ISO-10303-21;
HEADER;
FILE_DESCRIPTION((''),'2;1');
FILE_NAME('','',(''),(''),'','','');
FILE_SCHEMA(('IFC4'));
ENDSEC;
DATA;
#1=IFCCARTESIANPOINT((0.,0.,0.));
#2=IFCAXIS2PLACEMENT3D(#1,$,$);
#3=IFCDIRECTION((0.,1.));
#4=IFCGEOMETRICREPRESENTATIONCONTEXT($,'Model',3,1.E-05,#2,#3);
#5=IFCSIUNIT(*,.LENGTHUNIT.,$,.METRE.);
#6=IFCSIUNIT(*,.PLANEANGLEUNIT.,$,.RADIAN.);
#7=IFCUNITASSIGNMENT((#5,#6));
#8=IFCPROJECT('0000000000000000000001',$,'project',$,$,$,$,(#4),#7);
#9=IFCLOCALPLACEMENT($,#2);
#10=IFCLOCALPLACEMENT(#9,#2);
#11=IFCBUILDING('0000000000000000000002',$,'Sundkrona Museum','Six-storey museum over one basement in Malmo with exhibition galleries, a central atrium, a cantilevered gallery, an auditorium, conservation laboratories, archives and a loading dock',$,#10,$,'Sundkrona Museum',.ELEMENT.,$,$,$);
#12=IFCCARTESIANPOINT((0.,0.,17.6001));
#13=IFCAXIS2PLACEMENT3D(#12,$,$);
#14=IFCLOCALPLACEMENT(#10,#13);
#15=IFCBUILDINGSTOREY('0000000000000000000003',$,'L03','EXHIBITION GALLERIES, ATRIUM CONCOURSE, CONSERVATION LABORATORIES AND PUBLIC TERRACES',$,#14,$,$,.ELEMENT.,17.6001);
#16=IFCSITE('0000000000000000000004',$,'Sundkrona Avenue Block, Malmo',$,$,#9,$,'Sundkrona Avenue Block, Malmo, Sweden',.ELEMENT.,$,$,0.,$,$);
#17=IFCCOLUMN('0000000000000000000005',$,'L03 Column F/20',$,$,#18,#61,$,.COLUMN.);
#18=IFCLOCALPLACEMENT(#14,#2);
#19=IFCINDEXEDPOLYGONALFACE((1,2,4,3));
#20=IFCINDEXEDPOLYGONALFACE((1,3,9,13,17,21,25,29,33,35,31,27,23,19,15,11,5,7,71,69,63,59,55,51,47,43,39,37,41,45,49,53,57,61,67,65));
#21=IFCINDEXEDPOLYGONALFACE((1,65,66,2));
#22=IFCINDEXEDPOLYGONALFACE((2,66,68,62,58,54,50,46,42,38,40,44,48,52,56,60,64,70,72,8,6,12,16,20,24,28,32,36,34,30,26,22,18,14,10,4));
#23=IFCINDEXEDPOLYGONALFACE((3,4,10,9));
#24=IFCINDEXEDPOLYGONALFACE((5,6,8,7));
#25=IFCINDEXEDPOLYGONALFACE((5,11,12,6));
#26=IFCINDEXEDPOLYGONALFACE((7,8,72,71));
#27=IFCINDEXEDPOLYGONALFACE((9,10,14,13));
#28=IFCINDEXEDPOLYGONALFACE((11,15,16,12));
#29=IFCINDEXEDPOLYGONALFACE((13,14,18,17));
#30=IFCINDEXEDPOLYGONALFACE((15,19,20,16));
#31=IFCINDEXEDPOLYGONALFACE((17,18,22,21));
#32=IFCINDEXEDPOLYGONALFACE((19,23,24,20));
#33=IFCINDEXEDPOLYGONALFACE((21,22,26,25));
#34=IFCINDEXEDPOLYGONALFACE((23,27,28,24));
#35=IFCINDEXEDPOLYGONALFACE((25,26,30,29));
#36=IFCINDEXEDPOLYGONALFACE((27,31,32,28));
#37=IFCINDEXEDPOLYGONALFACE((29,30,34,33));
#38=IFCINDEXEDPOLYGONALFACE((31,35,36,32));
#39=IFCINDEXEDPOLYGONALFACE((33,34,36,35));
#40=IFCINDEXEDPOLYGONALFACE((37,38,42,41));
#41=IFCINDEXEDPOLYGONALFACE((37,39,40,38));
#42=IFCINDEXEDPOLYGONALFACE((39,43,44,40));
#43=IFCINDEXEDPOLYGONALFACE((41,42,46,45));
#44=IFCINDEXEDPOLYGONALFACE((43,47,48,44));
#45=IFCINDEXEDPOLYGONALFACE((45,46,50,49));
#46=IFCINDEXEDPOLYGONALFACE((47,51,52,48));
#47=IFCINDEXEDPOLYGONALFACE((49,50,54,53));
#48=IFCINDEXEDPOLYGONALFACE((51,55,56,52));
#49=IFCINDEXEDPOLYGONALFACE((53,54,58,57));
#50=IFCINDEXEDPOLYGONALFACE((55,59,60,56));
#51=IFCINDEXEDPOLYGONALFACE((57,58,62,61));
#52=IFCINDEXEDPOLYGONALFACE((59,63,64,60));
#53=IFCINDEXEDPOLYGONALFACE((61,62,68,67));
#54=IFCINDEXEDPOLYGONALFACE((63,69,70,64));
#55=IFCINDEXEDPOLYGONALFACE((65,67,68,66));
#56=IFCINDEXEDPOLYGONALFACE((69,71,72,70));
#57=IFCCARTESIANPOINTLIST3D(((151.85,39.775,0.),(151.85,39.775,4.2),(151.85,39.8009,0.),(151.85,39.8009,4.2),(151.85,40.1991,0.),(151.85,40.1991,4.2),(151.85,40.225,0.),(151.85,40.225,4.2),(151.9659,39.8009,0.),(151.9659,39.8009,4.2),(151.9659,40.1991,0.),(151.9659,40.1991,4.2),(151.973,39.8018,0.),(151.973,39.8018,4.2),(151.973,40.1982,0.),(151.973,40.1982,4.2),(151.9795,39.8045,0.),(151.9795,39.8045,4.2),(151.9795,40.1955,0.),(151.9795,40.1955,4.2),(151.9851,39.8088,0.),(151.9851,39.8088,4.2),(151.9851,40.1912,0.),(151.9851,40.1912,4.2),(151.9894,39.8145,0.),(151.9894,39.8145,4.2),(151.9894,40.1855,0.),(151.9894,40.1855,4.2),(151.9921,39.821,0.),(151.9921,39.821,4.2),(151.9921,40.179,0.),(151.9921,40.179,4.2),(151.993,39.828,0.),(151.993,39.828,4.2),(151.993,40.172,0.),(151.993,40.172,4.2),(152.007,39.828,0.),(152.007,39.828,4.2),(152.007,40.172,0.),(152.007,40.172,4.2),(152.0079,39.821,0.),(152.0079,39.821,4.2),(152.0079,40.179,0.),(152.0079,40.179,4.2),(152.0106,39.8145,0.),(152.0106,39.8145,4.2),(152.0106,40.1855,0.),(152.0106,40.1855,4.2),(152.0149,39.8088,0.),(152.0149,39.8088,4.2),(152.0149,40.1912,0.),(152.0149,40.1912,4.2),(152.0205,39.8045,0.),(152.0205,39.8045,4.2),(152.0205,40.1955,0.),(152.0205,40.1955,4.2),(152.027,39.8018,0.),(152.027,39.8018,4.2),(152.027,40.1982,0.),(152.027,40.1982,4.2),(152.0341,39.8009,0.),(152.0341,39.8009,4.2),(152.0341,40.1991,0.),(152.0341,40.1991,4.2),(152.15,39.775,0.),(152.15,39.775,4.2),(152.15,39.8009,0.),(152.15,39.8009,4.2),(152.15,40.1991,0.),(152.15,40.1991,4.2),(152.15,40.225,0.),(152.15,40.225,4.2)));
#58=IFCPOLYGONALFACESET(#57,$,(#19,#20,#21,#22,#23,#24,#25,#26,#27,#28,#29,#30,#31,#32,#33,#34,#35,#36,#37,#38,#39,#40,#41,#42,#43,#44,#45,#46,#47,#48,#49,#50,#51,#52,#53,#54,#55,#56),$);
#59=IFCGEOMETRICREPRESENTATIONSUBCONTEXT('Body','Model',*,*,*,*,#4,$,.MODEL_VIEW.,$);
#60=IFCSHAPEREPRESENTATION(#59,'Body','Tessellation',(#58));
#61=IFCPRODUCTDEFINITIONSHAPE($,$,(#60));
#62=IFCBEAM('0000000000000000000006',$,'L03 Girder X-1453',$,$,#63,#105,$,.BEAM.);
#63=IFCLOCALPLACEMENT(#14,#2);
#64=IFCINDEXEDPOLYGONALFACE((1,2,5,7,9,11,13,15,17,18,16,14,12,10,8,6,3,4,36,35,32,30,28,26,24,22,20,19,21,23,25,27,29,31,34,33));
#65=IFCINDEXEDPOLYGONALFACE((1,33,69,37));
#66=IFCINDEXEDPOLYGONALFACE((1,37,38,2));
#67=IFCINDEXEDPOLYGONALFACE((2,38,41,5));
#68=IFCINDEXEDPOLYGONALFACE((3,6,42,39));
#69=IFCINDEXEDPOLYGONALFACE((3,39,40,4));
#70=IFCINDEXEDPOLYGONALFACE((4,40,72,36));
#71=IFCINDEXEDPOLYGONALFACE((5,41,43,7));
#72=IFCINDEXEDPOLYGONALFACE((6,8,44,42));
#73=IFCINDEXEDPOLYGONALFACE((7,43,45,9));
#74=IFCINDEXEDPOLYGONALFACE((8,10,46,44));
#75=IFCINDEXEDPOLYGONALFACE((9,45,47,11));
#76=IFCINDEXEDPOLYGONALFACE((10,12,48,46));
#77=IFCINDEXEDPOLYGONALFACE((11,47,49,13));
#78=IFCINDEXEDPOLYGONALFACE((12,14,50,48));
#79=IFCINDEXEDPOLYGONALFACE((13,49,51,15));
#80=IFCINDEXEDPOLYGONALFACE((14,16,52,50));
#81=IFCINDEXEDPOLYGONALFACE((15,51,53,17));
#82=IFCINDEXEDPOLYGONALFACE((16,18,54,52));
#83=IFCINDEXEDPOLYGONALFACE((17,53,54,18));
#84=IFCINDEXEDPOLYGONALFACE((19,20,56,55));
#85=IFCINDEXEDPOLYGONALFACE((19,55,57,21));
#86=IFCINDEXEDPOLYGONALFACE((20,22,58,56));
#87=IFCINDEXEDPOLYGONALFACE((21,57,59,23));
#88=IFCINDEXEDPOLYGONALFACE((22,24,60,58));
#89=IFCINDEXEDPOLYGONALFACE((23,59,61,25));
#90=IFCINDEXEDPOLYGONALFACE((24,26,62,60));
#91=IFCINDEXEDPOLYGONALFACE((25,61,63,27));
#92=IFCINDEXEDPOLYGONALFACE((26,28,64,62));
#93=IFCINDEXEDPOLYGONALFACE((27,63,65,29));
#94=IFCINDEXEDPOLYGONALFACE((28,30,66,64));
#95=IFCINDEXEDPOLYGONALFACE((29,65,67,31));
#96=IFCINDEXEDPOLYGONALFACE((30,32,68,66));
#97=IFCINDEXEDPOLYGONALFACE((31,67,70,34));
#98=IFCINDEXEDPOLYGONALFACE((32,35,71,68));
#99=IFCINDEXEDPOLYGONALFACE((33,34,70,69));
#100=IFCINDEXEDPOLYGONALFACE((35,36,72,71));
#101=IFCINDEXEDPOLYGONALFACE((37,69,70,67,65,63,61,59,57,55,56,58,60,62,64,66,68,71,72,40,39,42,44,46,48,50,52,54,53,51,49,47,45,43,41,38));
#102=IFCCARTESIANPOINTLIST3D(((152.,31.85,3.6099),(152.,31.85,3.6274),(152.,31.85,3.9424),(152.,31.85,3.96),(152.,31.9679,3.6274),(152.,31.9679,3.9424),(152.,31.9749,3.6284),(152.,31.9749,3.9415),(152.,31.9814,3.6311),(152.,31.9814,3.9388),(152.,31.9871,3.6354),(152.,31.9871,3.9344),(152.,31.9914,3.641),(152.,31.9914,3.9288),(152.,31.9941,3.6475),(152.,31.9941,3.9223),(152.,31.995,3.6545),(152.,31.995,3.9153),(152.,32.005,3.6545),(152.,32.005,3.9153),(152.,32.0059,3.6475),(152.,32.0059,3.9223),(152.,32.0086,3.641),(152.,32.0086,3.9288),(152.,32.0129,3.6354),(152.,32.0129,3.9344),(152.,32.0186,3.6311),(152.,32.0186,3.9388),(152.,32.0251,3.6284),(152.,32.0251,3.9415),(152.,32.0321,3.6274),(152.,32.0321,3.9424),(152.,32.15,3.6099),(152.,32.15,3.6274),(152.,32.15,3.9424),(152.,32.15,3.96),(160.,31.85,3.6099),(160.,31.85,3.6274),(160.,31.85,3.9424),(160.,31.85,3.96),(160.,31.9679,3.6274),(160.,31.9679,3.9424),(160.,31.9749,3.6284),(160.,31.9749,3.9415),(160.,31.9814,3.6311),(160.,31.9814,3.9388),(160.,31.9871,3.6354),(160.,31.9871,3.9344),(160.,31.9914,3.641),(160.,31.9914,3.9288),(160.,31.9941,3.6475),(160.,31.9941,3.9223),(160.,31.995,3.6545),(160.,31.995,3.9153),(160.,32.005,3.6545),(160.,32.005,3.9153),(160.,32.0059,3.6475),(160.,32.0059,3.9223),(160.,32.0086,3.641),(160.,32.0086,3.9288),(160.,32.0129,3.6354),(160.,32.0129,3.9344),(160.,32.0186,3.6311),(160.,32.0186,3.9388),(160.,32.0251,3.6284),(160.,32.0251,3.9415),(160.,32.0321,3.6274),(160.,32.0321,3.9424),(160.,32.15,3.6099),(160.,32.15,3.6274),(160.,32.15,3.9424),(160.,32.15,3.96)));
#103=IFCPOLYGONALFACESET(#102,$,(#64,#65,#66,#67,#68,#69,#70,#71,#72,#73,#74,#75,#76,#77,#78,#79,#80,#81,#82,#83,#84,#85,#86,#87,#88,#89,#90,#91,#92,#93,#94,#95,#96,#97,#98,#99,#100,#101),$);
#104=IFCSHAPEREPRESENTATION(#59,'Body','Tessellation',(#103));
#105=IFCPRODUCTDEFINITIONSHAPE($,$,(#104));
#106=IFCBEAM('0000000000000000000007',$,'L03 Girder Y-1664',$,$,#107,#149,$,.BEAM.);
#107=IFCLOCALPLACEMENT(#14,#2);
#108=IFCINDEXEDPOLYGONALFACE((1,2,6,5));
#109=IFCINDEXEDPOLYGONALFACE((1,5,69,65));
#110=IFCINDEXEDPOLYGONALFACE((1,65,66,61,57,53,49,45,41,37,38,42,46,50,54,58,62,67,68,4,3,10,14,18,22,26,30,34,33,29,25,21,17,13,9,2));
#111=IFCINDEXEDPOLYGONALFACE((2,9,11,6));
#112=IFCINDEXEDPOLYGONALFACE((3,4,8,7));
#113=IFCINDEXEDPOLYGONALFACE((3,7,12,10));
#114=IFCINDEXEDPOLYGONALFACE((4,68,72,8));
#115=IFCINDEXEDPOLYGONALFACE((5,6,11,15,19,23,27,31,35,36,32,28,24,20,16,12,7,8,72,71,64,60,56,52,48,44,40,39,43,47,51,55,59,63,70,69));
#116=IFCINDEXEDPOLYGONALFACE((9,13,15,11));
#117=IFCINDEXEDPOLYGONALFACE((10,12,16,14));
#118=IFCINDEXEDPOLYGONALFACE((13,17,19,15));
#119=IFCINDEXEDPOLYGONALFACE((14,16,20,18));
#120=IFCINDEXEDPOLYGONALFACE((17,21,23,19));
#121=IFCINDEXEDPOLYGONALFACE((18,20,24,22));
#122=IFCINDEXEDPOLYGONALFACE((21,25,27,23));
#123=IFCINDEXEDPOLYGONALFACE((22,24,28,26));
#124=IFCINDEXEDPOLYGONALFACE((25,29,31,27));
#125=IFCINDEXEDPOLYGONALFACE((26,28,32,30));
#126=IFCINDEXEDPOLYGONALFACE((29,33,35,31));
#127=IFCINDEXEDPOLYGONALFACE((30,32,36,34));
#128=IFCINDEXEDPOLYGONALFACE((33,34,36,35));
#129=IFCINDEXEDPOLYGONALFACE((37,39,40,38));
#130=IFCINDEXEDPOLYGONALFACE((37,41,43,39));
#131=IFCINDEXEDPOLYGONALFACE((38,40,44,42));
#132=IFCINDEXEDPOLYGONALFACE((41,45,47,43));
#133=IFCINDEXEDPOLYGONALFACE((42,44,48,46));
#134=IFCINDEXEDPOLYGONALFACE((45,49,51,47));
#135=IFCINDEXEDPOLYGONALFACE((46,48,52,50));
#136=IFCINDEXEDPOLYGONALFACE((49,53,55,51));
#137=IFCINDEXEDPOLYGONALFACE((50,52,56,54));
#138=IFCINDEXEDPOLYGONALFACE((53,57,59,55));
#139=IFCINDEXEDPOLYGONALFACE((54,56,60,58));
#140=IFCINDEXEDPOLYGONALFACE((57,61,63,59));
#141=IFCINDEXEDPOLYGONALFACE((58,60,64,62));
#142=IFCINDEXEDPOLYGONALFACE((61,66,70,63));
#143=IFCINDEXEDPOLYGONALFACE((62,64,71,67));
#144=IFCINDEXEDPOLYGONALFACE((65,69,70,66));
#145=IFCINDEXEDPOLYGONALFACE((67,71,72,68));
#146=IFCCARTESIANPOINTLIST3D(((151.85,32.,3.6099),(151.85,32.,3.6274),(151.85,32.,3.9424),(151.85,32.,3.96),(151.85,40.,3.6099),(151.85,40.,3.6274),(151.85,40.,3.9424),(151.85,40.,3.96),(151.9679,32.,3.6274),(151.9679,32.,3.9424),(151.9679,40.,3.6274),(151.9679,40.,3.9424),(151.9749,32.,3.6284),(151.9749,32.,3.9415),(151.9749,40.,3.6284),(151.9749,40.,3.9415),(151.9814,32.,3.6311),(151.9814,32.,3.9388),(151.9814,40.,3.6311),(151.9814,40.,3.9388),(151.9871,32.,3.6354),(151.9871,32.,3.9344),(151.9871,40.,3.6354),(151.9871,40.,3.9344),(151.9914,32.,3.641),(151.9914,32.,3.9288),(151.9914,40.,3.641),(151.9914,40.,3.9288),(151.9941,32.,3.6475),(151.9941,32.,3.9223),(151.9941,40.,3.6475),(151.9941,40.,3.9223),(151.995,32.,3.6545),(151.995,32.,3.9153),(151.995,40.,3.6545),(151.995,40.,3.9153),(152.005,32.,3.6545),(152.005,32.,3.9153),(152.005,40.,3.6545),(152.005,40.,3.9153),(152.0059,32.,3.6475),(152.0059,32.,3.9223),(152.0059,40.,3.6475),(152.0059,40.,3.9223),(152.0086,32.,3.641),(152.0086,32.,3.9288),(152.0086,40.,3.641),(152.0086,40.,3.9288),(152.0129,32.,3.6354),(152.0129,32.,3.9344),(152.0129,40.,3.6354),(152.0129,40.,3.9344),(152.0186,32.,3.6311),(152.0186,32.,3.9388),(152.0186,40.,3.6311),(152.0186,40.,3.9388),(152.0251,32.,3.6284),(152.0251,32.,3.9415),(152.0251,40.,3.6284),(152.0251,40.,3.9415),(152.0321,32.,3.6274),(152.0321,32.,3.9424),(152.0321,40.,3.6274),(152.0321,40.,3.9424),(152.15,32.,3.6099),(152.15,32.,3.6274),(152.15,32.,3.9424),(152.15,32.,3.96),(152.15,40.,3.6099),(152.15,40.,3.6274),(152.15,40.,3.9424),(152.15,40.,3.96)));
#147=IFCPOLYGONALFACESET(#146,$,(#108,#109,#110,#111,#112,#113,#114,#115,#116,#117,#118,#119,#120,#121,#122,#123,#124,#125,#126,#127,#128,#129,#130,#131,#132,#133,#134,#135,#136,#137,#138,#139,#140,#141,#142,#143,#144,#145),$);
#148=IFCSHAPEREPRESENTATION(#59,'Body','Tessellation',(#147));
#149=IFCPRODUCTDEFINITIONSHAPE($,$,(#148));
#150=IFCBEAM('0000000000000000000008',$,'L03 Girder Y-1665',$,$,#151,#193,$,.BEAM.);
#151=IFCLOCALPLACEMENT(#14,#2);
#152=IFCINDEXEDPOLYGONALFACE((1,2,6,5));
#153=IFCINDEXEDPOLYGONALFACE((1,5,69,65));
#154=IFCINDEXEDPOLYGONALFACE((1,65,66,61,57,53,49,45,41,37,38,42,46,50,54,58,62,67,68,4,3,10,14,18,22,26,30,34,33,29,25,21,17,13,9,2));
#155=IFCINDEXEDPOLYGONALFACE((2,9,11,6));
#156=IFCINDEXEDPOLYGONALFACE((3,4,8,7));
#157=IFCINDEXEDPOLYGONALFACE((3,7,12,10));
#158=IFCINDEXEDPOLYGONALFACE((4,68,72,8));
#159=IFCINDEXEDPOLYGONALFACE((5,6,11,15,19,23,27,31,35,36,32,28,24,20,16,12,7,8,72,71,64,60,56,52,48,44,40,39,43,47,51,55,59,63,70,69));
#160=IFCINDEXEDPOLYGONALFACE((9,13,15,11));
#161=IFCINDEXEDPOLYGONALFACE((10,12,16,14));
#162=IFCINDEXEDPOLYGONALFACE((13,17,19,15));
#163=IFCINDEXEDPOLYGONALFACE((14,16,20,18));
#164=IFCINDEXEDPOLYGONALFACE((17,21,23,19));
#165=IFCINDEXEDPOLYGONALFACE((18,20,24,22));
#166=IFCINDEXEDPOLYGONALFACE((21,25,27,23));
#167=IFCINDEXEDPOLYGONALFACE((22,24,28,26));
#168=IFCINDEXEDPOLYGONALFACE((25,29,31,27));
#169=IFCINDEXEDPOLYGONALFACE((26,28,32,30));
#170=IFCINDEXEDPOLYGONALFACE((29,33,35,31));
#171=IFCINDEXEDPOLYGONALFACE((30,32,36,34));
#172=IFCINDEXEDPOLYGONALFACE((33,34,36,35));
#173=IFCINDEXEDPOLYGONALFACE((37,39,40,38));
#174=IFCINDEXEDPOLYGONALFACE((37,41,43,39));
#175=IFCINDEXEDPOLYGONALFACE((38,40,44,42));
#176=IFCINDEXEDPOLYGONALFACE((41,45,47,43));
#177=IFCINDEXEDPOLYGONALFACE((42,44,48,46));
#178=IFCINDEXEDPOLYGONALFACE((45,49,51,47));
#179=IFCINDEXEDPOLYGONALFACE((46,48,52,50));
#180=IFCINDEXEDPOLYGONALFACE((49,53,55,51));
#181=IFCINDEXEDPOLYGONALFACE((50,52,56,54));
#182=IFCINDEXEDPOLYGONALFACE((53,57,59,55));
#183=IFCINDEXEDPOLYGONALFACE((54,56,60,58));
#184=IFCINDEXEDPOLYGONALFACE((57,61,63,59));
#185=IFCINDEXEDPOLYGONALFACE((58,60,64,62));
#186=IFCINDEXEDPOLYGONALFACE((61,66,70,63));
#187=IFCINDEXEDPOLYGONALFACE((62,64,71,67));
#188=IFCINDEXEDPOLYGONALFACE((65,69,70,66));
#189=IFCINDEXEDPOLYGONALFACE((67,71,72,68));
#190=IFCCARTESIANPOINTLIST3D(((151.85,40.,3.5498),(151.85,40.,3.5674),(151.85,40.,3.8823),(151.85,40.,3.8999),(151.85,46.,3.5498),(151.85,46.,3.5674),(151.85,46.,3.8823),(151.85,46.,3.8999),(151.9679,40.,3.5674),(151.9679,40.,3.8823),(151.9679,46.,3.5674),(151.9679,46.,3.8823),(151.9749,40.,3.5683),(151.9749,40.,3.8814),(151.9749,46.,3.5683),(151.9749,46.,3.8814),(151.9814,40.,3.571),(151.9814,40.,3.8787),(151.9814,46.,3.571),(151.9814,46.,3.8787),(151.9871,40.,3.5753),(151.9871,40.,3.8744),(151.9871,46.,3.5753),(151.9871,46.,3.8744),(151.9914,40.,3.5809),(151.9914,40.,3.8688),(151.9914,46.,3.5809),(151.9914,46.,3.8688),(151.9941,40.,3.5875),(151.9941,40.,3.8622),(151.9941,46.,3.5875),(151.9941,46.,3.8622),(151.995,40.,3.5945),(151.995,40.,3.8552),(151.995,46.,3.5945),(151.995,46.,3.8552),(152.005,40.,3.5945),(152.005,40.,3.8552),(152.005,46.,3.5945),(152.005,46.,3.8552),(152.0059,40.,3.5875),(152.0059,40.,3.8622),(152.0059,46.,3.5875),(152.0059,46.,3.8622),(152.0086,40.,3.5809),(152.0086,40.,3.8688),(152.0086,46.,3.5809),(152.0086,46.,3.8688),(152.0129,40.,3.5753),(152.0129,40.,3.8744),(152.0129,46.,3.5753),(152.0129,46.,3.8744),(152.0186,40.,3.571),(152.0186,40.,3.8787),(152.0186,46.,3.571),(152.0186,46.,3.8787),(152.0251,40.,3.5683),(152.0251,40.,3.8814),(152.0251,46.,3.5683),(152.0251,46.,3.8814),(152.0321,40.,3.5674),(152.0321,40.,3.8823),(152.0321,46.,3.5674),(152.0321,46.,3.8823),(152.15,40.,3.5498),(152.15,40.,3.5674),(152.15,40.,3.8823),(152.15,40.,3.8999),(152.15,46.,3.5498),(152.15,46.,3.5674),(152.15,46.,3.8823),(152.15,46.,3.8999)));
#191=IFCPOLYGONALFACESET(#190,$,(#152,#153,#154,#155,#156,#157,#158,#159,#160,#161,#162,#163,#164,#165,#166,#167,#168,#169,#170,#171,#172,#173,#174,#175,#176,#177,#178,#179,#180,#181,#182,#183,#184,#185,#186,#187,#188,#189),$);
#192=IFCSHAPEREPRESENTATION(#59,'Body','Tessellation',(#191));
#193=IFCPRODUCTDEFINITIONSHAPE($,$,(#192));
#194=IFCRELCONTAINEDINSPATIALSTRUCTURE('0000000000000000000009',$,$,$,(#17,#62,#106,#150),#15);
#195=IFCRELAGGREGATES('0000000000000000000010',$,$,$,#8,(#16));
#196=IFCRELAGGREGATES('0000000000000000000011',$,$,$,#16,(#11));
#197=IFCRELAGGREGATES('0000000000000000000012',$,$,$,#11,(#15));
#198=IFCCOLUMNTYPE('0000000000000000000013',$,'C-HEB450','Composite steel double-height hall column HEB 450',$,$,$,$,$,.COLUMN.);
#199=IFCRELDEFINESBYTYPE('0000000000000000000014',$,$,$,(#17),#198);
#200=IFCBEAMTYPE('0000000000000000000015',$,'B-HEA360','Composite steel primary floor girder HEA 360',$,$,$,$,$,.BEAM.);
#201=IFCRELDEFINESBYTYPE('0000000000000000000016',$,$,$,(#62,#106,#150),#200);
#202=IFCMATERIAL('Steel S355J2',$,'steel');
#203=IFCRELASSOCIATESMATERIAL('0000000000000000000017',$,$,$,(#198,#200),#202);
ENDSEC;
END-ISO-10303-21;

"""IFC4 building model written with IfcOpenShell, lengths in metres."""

from ifc_helpers import new_model, si_unit, direction, frame, origin, origin_2d, place, context, subcontext, project, spatial, i_section, extrude, material, material_profile, profile_set, type_object, element, save


model = new_model("IFC4")

# Units and contexts
model_context = context("Model", 3, precision=1e-05, world=origin(), true_north=direction((0.0, 1.0)))
body_context = subcontext(model_context, "Body", "Model", "MODEL_VIEW")
ifc_project = project(units=[si_unit("LENGTHUNIT", "METRE"), si_unit("PLANEANGLEUNIT", "RADIAN")], contexts=[model_context])

# Site, building, storey
site_placement = place(None, origin())
site = spatial("IfcSite", under=ifc_project, at=site_placement, Name="Sundkrona Avenue Block, Malmo", LongName="Sundkrona Avenue Block, Malmo, Sweden", CompositionType="ELEMENT", RefElevation=0.0)
building_placement = place(site_placement, origin())
building = spatial("IfcBuilding", under=site, at=building_placement, Name="Sundkrona Museum", Description="Six-storey museum over one basement in Malmo with exhibition galleries, a central atrium, a cantilevered gallery, an auditorium, conservation laboratories, archives and a loading dock", LongName="Sundkrona Museum", CompositionType="ELEMENT")
storey_placement = place(building_placement, frame((0.0, 0.0, 17.6001)))
storey = spatial("IfcBuildingStorey", under=building, at=storey_placement, Name="L03", Description="EXHIBITION GALLERIES, ATRIUM CONCOURSE, CONSERVATION LABORATORIES AND PUBLIC TERRACES", CompositionType="ELEMENT", Elevation=17.6001)

# Column
ifc_material_1 = material(Name="Steel S355J2", Category="steel")
ifc_material_profile_1 = material_profile(ifc_material_1, i_section(OverallWidth=0.3, OverallDepth=0.45, WebThickness=0.0139, FlangeThickness=0.0259, FilletRadius=0.0271, at=origin_2d()), Name="HEB 450")
ifc_profile_set_1 = profile_set([ifc_material_profile_1], Name="Steel S355J2")
column_type = type_object("IfcColumnType", Name="C-HEB450", Description="Composite steel double-height hall column HEB 450", PredefinedType="COLUMN", material=ifc_profile_set_1)
column_placement = place(storey_placement, frame((152.0, 40.0, 0.0), z_axis=(0.0, 0.0, 1.0), x_axis=(1.0, 0.0, 0.0)))
element("IfcColumn", 1, at=column_placement, inside=storey, type_object=column_type, Name="L03 Column F/20", PredefinedType="COLUMN", context=body_context, shape_type="SweptSolid", body=[
    extrude(i_section(OverallWidth=0.3, OverallDepth=0.45, WebThickness=0.0139, FlangeThickness=0.0259, FilletRadius=0.0271, at=origin_2d()), origin(), (0.0, 0.0, 1.0), 4.2),
])

# Beams
ifc_material_profile_2 = material_profile(ifc_material_1, i_section(OverallWidth=0.3, OverallDepth=0.3501, WebThickness=0.01, FlangeThickness=0.0176, FilletRadius=0.0271, at=origin_2d()), Name="HEA 360")
ifc_profile_set_2 = profile_set([ifc_material_profile_2], Name="Steel S355J2")
beam_type = type_object("IfcBeamType", Name="B-HEA360", Description="Composite steel primary floor girder HEA 360", PredefinedType="BEAM", material=ifc_profile_set_2)
for number, where, z_axis, x_axis, name in (
    (2, (152.0, 32.0, 3.7849), (1.0, 0.0, 0.0), (0.0, 1.0, 0.0), "L03 Girder X-1453"),
    (3, (152.0, 32.0, 3.7849), (0.0, 1.0, 0.0), (-1.0, 0.0, 0.0), "L03 Girder Y-1664"),
):
    element("IfcBeam", number, at=place(storey_placement, frame(where, z_axis=z_axis, x_axis=x_axis)), inside=storey, type_object=beam_type, Name=name, PredefinedType="BEAM", context=body_context, shape_type="SweptSolid", body=[
        extrude(i_section(OverallWidth=0.3, OverallDepth=0.3501, WebThickness=0.01, FlangeThickness=0.0176, FilletRadius=0.0271, at=origin_2d()), origin(), (0.0, 0.0, 1.0), 8.0),
    ])
beam_placement = place(storey_placement, frame((152.0, 40.0, 3.7249), z_axis=(0.0, 1.0, 0.0), x_axis=(-1.0, 0.0, 0.0)))
element("IfcBeam", 4, at=beam_placement, inside=storey, type_object=beam_type, Name="L03 Girder Y-1665", PredefinedType="BEAM", context=body_context, shape_type="SweptSolid", body=[
    extrude(i_section(OverallWidth=0.3, OverallDepth=0.3501, WebThickness=0.01, FlangeThickness=0.0176, FilletRadius=0.0271, at=origin_2d()), origin(), (0.0, 0.0, 1.0), 6.0),
])

save(model, "model.ifc")
